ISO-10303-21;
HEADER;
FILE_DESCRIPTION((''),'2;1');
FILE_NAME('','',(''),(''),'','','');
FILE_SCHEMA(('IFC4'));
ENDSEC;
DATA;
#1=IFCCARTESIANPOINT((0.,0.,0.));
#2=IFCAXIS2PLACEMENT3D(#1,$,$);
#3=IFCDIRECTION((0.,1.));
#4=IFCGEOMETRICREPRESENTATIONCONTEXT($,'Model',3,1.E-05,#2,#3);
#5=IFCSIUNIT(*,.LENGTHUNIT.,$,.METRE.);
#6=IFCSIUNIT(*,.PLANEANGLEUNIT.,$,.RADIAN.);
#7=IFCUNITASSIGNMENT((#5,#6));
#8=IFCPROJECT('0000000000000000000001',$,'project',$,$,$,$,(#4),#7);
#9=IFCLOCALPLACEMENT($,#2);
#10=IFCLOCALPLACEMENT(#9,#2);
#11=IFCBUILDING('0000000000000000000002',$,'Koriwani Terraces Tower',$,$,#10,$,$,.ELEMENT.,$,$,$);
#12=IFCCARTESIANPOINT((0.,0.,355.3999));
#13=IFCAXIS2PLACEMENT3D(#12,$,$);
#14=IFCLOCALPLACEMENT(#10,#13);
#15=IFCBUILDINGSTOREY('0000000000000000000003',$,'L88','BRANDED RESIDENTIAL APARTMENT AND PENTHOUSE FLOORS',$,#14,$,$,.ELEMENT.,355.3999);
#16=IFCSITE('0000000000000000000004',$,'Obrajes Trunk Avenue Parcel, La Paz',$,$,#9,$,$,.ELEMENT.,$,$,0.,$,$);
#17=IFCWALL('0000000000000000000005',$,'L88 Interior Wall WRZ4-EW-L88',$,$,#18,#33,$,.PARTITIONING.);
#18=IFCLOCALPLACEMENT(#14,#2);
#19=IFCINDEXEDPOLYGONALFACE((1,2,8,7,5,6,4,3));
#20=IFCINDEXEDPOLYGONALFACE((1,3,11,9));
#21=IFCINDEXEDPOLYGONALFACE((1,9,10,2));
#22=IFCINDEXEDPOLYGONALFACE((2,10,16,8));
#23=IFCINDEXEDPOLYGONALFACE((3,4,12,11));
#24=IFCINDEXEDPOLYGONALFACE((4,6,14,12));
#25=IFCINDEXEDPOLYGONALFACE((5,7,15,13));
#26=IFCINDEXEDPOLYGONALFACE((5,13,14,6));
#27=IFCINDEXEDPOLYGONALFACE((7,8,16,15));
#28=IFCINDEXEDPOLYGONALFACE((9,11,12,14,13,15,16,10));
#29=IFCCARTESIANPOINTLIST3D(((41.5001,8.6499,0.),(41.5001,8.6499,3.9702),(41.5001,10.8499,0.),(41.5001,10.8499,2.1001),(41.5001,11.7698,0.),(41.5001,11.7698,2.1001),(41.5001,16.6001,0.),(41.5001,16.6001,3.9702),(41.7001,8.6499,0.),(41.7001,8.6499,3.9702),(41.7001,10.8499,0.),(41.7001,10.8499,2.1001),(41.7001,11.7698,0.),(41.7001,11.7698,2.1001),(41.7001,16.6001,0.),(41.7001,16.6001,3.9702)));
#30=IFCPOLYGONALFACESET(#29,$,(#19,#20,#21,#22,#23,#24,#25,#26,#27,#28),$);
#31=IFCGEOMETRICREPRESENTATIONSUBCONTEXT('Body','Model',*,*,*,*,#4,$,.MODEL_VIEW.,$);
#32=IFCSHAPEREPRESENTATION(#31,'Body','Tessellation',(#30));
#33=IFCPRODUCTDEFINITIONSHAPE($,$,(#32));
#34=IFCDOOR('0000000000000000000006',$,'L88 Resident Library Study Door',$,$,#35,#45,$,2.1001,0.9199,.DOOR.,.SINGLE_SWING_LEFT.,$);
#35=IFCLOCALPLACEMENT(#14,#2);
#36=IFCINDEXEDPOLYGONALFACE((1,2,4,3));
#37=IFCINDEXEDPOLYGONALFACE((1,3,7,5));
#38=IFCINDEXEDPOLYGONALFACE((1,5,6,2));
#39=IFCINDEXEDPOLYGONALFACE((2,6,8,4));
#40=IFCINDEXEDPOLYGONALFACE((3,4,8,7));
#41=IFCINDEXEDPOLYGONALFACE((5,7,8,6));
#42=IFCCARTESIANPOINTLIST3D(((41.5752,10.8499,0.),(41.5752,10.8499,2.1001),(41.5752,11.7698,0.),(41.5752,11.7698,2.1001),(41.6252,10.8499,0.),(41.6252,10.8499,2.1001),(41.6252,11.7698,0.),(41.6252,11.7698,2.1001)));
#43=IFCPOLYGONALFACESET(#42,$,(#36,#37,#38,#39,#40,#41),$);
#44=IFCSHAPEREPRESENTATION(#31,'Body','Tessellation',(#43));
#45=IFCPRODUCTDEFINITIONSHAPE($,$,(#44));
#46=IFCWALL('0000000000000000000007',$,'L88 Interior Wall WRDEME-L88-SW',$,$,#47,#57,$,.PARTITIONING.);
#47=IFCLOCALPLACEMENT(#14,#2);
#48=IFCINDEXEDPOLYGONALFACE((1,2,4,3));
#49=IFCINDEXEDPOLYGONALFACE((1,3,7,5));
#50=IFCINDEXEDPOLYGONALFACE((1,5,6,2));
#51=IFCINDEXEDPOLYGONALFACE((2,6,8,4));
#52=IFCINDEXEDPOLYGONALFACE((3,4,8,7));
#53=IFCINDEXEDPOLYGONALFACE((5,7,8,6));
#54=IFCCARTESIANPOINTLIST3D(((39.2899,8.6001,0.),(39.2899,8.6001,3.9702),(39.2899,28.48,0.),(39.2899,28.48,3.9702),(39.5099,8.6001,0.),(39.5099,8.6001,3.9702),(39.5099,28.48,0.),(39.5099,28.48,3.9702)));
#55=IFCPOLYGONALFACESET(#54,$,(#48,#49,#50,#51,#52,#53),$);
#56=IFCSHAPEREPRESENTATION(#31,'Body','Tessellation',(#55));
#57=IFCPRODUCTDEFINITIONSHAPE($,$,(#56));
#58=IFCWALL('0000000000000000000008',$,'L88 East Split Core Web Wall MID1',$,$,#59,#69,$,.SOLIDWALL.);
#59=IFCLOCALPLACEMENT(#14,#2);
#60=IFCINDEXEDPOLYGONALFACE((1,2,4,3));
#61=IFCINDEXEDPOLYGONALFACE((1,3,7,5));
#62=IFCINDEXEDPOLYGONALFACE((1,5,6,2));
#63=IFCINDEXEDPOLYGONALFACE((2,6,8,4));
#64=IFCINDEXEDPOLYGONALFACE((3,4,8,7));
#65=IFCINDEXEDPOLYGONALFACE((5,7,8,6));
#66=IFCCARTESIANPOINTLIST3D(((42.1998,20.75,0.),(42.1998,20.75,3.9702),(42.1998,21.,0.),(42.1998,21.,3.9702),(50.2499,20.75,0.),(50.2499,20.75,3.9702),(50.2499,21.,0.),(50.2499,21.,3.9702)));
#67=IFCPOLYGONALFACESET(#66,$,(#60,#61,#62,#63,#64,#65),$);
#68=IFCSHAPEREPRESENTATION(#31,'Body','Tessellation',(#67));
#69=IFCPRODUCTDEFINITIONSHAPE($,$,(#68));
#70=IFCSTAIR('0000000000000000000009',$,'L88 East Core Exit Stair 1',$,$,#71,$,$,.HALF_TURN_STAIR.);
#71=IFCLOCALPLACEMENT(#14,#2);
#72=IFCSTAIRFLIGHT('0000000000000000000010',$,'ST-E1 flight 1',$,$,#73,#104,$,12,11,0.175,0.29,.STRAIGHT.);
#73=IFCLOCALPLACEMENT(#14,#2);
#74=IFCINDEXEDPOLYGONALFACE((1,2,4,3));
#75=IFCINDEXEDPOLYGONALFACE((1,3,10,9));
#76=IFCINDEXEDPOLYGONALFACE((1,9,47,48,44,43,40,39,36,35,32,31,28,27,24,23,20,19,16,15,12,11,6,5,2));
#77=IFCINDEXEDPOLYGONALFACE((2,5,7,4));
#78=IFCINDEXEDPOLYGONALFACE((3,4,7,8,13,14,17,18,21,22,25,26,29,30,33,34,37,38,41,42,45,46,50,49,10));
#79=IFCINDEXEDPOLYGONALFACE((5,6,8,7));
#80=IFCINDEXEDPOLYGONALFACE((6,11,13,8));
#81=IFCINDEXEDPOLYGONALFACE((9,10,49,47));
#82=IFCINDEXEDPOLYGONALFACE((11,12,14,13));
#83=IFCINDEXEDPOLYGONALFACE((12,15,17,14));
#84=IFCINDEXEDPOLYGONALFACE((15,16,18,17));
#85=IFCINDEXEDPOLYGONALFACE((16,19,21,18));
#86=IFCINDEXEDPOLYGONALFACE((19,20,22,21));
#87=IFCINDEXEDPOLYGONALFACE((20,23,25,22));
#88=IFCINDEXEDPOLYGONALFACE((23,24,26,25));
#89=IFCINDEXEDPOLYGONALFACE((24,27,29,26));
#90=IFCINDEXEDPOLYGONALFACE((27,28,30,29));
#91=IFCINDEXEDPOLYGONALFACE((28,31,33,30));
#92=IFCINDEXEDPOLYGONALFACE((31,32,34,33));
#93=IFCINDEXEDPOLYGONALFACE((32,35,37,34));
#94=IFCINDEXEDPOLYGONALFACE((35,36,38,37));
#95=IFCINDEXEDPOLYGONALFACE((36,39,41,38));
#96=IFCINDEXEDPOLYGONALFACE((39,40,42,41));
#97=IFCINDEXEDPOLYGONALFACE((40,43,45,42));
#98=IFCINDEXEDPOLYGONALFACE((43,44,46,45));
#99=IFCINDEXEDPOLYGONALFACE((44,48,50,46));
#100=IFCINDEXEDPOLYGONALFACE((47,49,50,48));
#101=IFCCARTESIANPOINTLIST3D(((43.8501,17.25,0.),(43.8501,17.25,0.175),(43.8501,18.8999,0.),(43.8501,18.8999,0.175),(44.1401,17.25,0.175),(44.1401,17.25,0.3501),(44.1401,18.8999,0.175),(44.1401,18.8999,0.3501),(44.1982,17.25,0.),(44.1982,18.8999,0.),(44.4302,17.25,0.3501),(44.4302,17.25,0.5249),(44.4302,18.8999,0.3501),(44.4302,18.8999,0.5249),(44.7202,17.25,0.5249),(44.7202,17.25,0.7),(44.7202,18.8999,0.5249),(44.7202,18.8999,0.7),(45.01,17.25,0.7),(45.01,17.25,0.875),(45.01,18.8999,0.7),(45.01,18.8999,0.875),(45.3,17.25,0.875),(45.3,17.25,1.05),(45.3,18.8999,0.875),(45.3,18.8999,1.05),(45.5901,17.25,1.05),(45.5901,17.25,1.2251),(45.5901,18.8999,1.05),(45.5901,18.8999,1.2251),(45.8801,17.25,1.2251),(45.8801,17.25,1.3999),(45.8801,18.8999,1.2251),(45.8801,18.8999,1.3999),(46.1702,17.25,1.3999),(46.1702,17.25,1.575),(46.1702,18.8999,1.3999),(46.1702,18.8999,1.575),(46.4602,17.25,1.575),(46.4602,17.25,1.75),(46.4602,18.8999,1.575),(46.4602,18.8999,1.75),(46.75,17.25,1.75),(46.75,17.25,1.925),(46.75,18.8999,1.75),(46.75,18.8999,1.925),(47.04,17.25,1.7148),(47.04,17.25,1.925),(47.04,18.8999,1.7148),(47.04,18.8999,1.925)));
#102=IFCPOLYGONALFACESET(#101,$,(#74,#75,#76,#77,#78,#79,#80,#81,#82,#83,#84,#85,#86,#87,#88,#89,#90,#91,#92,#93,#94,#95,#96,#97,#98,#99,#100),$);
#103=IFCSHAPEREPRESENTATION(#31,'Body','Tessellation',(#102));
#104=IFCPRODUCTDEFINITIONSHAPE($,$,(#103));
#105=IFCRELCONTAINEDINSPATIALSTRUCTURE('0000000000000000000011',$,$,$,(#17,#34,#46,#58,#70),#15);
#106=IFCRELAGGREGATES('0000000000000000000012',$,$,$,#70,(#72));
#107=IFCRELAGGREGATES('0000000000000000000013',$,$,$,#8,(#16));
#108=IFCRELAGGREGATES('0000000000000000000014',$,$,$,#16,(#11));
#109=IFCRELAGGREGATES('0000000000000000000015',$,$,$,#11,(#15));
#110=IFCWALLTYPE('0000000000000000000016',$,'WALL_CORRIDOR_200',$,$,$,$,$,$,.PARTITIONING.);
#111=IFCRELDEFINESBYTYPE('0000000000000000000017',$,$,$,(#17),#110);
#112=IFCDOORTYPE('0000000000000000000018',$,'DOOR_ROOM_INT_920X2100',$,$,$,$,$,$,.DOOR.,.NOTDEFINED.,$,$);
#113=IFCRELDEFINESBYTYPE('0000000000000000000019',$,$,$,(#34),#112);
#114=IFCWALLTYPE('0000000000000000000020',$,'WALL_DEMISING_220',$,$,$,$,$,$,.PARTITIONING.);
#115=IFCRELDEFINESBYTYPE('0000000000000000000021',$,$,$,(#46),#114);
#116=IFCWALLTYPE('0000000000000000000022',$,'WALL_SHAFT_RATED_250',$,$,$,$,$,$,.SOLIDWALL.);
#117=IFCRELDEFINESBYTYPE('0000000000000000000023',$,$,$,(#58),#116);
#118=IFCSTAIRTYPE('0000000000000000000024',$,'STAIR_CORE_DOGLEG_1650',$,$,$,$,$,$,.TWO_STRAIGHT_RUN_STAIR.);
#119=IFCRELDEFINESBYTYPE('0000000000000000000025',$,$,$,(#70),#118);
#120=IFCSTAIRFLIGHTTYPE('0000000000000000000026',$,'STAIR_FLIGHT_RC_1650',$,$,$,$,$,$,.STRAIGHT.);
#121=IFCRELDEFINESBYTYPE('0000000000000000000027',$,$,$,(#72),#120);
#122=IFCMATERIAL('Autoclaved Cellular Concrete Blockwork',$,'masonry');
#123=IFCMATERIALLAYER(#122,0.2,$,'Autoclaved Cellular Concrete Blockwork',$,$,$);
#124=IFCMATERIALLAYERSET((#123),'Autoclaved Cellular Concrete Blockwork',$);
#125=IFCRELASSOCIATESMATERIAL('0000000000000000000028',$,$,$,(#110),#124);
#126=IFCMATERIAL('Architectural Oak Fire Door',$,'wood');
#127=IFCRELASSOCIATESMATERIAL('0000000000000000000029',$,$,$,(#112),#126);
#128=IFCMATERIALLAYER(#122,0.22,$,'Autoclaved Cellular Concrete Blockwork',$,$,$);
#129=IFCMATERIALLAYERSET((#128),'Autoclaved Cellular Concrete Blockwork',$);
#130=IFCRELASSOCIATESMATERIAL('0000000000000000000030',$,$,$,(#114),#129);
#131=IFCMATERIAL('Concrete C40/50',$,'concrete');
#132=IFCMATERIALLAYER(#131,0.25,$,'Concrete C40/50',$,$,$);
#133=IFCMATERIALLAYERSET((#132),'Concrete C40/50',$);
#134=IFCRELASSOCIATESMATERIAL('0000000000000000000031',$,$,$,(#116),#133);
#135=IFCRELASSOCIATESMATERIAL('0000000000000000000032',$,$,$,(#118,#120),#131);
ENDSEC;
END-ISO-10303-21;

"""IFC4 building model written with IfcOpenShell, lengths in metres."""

from ifc_helpers import new_model, si_unit, direction, frame, frame_2d, origin, place, context, subcontext, project, spatial, polyline, rectangle, outline, extrude, material, layer, layer_set, type_object, element, fill, aggregate, save


model = new_model("IFC4")

# Units and contexts
model_context = context("Model", 3, precision=1e-05, world=origin(), true_north=direction((0.0, 1.0)))
body_context = subcontext(model_context, "Body", "Model", "MODEL_VIEW")
ifc_project = project(units=[si_unit("LENGTHUNIT", "METRE"), si_unit("PLANEANGLEUNIT", "RADIAN")], contexts=[model_context])

# Site, building, storey
site_placement = place(None, origin())
site = spatial("IfcSite", under=ifc_project, at=site_placement, Name="Obrajes Trunk Avenue Parcel, La Paz", CompositionType="ELEMENT", RefElevation=0.0)
building_placement = place(site_placement, origin())
building = spatial("IfcBuilding", under=site, at=building_placement, Name="Koriwani Terraces Tower", CompositionType="ELEMENT")
storey_placement = place(building_placement, frame((0.0, 0.0, 355.3999)))
storey = spatial("IfcBuildingStorey", under=building, at=storey_placement, Name="L88", Description="BRANDED RESIDENTIAL APARTMENT AND PENTHOUSE FLOORS", CompositionType="ELEMENT", Elevation=355.3999)

# Shared definitions
ifc_material_1 = material(Name="Concrete C40/50", Category="concrete")

# Wall, opening, door
ifc_material_2 = material(Name="Autoclaved Cellular Concrete Blockwork", Category="masonry")
ifc_layer_1 = layer(ifc_material_2, 0.2, Name="Autoclaved Cellular Concrete Blockwork")
ifc_layer_set_1 = layer_set([ifc_layer_1], Name="Autoclaved Cellular Concrete Blockwork")
wall_type_1 = type_object("IfcWallType", Name="WALL_CORRIDOR_200", PredefinedType="PARTITIONING", material=ifc_layer_set_1)
wall_1_placement = place(storey_placement, frame((41.6001, 8.6499, 0.0), z_axis=(0.0, 0.0, 1.0), x_axis=(0.0, 1.0, 0.0)))
wall_1 = element("IfcWall", 1, at=wall_1_placement, inside=storey, type_object=wall_type_1, Name="L88 Interior Wall WRZ4-EW-L88", PredefinedType="PARTITIONING", context=body_context, shape_type="SweptSolid", body=[
    extrude(rectangle(XDim=7.9502, YDim=0.2, at=frame_2d((3.9751, 0.0))), origin(), (0.0, 0.0, 1.0), 3.9702),
])
opening_1_placement = place(wall_1_placement, frame((2.2, 0.0, 0.0)))
opening_1 = element("IfcOpeningElement", 2, at=opening_1_placement, cuts=wall_1, PredefinedType="OPENING", context=body_context, shape_type="SweptSolid", body=[
    extrude(rectangle(XDim=0.9199, YDim=2.1001, at=frame_2d((0.46, 1.05))), frame((0.0, 0.1099, 0.0), z_axis=(0.0, -1.0, 0.0), x_axis=(1.0, 0.0, 0.0)), (0.0, 0.0, 1.0), 0.22),
])
ifc_material_3 = material(Name="Architectural Oak Fire Door", Category="wood")
door_type_1 = type_object("IfcDoorType", Name="DOOR_ROOM_INT_920X2100", OperationType="NOTDEFINED", PredefinedType="DOOR", material=ifc_material_3)
door_1_placement = place(opening_1_placement, origin())
door_1 = element("IfcDoor", 3, at=door_1_placement, inside=storey, type_object=door_type_1, Name="L88 Resident Library Study Door", OperationType="SINGLE_SWING_LEFT", OverallHeight=2.1001, OverallWidth=0.9199, PredefinedType="DOOR", context=body_context, shape_type="SweptSolid", body=[
    extrude(rectangle(XDim=0.9199, YDim=2.1001, at=frame_2d((0.46, 1.05))), frame((0.0, 0.0249, 0.0), z_axis=(0.0, -1.0, 0.0), x_axis=(1.0, 0.0, 0.0)), (0.0, 0.0, 1.0), 0.05),
])
fill(opening_1, door_1)

# Walls
ifc_layer_2 = layer(ifc_material_2, 0.22, Name="Autoclaved Cellular Concrete Blockwork")
ifc_layer_set_2 = layer_set([ifc_layer_2], Name="Autoclaved Cellular Concrete Blockwork")
wall_type_2 = type_object("IfcWallType", Name="WALL_DEMISING_220", PredefinedType="PARTITIONING", material=ifc_layer_set_2)
wall_2_placement = place(storey_placement, frame((39.3999, 8.6001, 0.0), z_axis=(0.0, 0.0, 1.0), x_axis=(0.0, 1.0, 0.0)))
element("IfcWall", 4, at=wall_2_placement, inside=storey, type_object=wall_type_2, Name="L88 Interior Wall WRDEME-L88-SW", PredefinedType="PARTITIONING", context=body_context, shape_type="SweptSolid", body=[
    extrude(rectangle(XDim=19.8799, YDim=0.22, at=frame_2d((9.9399, 0.0))), origin(), (0.0, 0.0, 1.0), 3.9702),
])
ifc_layer_3 = layer(ifc_material_1, 0.25, Name="Concrete C40/50")
ifc_layer_set_3 = layer_set([ifc_layer_3], Name="Concrete C40/50")
wall_type_3 = type_object("IfcWallType", Name="WALL_SHAFT_RATED_250", PredefinedType="SOLIDWALL", material=ifc_layer_set_3)
wall_3_placement = place(storey_placement, frame((42.2, 20.875, 0.0), z_axis=(0.0, 0.0, 1.0), x_axis=(1.0, 0.0, 0.0)))
element("IfcWall", 5, at=wall_3_placement, inside=storey, type_object=wall_type_3, Name="L88 East Split Core Web Wall MID1", PredefinedType="SOLIDWALL", context=body_context, shape_type="SweptSolid", body=[
    extrude(rectangle(XDim=8.05, YDim=0.25, at=frame_2d((4.0249, 0.0))), origin(), (0.0, 0.0, 1.0), 3.9702),
])

# Stair, stair flight
stair_type = type_object("IfcStairType", Name="STAIR_CORE_DOGLEG_1650", PredefinedType="TWO_STRAIGHT_RUN_STAIR", material=ifc_material_1)
stair_placement = place(storey_placement, origin())
stair = element("IfcStair", 6, at=stair_placement, inside=storey, type_object=stair_type, Name="L88 East Core Exit Stair 1", PredefinedType="HALF_TURN_STAIR")
stair_flight_type = type_object("IfcStairFlightType", Name="STAIR_FLIGHT_RC_1650", PredefinedType="STRAIGHT", material=ifc_material_1)
stair_flight_placement = place(storey_placement, frame((43.8501, 18.075, 0.0), z_axis=(0.0, 0.0, 1.0), x_axis=(1.0, 0.0, 0.0)))
stair_flight = element("IfcStairFlight", 7, at=stair_flight_placement, type_object=stair_flight_type, Name="ST-E1 flight 1", NumberOfRisers=12, NumberOfTreads=11, PredefinedType="STRAIGHT", RiserHeight=0.175, TreadLength=0.29, context=body_context, shape_type="SweptSolid", body=[
    extrude(outline(polyline([(0.0, 0.0), (0.0, 0.175), (0.29, 0.175), (0.29, 0.3501), (0.5801, 0.3501), (0.5801, 0.5249), (0.8701, 0.5249), (0.8701, 0.7), (1.1599, 0.7), (1.1599, 0.875), (1.45, 0.875), (1.45, 1.05), (1.74, 1.05), (1.74, 1.2251), (2.03, 1.2251), (2.03, 1.3999), (2.3201, 1.3999), (2.3201, 1.575), (2.6101, 1.575), (2.6101, 1.75), (2.8999, 1.75), (2.8999, 1.925), (3.1899, 1.925), (3.1899, 2.1001), (3.1899, 1.7148), (0.3481, 0.0), (0.0, 0.0)])), frame((0.0, 0.825, 0.0), z_axis=(0.0, -1.0, 0.0), x_axis=(1.0, 0.0, 0.0)), (0.0, 0.0, 1.0), 1.6499),
])
aggregate(stair, [stair_flight])

save(model, "model.ifc")
